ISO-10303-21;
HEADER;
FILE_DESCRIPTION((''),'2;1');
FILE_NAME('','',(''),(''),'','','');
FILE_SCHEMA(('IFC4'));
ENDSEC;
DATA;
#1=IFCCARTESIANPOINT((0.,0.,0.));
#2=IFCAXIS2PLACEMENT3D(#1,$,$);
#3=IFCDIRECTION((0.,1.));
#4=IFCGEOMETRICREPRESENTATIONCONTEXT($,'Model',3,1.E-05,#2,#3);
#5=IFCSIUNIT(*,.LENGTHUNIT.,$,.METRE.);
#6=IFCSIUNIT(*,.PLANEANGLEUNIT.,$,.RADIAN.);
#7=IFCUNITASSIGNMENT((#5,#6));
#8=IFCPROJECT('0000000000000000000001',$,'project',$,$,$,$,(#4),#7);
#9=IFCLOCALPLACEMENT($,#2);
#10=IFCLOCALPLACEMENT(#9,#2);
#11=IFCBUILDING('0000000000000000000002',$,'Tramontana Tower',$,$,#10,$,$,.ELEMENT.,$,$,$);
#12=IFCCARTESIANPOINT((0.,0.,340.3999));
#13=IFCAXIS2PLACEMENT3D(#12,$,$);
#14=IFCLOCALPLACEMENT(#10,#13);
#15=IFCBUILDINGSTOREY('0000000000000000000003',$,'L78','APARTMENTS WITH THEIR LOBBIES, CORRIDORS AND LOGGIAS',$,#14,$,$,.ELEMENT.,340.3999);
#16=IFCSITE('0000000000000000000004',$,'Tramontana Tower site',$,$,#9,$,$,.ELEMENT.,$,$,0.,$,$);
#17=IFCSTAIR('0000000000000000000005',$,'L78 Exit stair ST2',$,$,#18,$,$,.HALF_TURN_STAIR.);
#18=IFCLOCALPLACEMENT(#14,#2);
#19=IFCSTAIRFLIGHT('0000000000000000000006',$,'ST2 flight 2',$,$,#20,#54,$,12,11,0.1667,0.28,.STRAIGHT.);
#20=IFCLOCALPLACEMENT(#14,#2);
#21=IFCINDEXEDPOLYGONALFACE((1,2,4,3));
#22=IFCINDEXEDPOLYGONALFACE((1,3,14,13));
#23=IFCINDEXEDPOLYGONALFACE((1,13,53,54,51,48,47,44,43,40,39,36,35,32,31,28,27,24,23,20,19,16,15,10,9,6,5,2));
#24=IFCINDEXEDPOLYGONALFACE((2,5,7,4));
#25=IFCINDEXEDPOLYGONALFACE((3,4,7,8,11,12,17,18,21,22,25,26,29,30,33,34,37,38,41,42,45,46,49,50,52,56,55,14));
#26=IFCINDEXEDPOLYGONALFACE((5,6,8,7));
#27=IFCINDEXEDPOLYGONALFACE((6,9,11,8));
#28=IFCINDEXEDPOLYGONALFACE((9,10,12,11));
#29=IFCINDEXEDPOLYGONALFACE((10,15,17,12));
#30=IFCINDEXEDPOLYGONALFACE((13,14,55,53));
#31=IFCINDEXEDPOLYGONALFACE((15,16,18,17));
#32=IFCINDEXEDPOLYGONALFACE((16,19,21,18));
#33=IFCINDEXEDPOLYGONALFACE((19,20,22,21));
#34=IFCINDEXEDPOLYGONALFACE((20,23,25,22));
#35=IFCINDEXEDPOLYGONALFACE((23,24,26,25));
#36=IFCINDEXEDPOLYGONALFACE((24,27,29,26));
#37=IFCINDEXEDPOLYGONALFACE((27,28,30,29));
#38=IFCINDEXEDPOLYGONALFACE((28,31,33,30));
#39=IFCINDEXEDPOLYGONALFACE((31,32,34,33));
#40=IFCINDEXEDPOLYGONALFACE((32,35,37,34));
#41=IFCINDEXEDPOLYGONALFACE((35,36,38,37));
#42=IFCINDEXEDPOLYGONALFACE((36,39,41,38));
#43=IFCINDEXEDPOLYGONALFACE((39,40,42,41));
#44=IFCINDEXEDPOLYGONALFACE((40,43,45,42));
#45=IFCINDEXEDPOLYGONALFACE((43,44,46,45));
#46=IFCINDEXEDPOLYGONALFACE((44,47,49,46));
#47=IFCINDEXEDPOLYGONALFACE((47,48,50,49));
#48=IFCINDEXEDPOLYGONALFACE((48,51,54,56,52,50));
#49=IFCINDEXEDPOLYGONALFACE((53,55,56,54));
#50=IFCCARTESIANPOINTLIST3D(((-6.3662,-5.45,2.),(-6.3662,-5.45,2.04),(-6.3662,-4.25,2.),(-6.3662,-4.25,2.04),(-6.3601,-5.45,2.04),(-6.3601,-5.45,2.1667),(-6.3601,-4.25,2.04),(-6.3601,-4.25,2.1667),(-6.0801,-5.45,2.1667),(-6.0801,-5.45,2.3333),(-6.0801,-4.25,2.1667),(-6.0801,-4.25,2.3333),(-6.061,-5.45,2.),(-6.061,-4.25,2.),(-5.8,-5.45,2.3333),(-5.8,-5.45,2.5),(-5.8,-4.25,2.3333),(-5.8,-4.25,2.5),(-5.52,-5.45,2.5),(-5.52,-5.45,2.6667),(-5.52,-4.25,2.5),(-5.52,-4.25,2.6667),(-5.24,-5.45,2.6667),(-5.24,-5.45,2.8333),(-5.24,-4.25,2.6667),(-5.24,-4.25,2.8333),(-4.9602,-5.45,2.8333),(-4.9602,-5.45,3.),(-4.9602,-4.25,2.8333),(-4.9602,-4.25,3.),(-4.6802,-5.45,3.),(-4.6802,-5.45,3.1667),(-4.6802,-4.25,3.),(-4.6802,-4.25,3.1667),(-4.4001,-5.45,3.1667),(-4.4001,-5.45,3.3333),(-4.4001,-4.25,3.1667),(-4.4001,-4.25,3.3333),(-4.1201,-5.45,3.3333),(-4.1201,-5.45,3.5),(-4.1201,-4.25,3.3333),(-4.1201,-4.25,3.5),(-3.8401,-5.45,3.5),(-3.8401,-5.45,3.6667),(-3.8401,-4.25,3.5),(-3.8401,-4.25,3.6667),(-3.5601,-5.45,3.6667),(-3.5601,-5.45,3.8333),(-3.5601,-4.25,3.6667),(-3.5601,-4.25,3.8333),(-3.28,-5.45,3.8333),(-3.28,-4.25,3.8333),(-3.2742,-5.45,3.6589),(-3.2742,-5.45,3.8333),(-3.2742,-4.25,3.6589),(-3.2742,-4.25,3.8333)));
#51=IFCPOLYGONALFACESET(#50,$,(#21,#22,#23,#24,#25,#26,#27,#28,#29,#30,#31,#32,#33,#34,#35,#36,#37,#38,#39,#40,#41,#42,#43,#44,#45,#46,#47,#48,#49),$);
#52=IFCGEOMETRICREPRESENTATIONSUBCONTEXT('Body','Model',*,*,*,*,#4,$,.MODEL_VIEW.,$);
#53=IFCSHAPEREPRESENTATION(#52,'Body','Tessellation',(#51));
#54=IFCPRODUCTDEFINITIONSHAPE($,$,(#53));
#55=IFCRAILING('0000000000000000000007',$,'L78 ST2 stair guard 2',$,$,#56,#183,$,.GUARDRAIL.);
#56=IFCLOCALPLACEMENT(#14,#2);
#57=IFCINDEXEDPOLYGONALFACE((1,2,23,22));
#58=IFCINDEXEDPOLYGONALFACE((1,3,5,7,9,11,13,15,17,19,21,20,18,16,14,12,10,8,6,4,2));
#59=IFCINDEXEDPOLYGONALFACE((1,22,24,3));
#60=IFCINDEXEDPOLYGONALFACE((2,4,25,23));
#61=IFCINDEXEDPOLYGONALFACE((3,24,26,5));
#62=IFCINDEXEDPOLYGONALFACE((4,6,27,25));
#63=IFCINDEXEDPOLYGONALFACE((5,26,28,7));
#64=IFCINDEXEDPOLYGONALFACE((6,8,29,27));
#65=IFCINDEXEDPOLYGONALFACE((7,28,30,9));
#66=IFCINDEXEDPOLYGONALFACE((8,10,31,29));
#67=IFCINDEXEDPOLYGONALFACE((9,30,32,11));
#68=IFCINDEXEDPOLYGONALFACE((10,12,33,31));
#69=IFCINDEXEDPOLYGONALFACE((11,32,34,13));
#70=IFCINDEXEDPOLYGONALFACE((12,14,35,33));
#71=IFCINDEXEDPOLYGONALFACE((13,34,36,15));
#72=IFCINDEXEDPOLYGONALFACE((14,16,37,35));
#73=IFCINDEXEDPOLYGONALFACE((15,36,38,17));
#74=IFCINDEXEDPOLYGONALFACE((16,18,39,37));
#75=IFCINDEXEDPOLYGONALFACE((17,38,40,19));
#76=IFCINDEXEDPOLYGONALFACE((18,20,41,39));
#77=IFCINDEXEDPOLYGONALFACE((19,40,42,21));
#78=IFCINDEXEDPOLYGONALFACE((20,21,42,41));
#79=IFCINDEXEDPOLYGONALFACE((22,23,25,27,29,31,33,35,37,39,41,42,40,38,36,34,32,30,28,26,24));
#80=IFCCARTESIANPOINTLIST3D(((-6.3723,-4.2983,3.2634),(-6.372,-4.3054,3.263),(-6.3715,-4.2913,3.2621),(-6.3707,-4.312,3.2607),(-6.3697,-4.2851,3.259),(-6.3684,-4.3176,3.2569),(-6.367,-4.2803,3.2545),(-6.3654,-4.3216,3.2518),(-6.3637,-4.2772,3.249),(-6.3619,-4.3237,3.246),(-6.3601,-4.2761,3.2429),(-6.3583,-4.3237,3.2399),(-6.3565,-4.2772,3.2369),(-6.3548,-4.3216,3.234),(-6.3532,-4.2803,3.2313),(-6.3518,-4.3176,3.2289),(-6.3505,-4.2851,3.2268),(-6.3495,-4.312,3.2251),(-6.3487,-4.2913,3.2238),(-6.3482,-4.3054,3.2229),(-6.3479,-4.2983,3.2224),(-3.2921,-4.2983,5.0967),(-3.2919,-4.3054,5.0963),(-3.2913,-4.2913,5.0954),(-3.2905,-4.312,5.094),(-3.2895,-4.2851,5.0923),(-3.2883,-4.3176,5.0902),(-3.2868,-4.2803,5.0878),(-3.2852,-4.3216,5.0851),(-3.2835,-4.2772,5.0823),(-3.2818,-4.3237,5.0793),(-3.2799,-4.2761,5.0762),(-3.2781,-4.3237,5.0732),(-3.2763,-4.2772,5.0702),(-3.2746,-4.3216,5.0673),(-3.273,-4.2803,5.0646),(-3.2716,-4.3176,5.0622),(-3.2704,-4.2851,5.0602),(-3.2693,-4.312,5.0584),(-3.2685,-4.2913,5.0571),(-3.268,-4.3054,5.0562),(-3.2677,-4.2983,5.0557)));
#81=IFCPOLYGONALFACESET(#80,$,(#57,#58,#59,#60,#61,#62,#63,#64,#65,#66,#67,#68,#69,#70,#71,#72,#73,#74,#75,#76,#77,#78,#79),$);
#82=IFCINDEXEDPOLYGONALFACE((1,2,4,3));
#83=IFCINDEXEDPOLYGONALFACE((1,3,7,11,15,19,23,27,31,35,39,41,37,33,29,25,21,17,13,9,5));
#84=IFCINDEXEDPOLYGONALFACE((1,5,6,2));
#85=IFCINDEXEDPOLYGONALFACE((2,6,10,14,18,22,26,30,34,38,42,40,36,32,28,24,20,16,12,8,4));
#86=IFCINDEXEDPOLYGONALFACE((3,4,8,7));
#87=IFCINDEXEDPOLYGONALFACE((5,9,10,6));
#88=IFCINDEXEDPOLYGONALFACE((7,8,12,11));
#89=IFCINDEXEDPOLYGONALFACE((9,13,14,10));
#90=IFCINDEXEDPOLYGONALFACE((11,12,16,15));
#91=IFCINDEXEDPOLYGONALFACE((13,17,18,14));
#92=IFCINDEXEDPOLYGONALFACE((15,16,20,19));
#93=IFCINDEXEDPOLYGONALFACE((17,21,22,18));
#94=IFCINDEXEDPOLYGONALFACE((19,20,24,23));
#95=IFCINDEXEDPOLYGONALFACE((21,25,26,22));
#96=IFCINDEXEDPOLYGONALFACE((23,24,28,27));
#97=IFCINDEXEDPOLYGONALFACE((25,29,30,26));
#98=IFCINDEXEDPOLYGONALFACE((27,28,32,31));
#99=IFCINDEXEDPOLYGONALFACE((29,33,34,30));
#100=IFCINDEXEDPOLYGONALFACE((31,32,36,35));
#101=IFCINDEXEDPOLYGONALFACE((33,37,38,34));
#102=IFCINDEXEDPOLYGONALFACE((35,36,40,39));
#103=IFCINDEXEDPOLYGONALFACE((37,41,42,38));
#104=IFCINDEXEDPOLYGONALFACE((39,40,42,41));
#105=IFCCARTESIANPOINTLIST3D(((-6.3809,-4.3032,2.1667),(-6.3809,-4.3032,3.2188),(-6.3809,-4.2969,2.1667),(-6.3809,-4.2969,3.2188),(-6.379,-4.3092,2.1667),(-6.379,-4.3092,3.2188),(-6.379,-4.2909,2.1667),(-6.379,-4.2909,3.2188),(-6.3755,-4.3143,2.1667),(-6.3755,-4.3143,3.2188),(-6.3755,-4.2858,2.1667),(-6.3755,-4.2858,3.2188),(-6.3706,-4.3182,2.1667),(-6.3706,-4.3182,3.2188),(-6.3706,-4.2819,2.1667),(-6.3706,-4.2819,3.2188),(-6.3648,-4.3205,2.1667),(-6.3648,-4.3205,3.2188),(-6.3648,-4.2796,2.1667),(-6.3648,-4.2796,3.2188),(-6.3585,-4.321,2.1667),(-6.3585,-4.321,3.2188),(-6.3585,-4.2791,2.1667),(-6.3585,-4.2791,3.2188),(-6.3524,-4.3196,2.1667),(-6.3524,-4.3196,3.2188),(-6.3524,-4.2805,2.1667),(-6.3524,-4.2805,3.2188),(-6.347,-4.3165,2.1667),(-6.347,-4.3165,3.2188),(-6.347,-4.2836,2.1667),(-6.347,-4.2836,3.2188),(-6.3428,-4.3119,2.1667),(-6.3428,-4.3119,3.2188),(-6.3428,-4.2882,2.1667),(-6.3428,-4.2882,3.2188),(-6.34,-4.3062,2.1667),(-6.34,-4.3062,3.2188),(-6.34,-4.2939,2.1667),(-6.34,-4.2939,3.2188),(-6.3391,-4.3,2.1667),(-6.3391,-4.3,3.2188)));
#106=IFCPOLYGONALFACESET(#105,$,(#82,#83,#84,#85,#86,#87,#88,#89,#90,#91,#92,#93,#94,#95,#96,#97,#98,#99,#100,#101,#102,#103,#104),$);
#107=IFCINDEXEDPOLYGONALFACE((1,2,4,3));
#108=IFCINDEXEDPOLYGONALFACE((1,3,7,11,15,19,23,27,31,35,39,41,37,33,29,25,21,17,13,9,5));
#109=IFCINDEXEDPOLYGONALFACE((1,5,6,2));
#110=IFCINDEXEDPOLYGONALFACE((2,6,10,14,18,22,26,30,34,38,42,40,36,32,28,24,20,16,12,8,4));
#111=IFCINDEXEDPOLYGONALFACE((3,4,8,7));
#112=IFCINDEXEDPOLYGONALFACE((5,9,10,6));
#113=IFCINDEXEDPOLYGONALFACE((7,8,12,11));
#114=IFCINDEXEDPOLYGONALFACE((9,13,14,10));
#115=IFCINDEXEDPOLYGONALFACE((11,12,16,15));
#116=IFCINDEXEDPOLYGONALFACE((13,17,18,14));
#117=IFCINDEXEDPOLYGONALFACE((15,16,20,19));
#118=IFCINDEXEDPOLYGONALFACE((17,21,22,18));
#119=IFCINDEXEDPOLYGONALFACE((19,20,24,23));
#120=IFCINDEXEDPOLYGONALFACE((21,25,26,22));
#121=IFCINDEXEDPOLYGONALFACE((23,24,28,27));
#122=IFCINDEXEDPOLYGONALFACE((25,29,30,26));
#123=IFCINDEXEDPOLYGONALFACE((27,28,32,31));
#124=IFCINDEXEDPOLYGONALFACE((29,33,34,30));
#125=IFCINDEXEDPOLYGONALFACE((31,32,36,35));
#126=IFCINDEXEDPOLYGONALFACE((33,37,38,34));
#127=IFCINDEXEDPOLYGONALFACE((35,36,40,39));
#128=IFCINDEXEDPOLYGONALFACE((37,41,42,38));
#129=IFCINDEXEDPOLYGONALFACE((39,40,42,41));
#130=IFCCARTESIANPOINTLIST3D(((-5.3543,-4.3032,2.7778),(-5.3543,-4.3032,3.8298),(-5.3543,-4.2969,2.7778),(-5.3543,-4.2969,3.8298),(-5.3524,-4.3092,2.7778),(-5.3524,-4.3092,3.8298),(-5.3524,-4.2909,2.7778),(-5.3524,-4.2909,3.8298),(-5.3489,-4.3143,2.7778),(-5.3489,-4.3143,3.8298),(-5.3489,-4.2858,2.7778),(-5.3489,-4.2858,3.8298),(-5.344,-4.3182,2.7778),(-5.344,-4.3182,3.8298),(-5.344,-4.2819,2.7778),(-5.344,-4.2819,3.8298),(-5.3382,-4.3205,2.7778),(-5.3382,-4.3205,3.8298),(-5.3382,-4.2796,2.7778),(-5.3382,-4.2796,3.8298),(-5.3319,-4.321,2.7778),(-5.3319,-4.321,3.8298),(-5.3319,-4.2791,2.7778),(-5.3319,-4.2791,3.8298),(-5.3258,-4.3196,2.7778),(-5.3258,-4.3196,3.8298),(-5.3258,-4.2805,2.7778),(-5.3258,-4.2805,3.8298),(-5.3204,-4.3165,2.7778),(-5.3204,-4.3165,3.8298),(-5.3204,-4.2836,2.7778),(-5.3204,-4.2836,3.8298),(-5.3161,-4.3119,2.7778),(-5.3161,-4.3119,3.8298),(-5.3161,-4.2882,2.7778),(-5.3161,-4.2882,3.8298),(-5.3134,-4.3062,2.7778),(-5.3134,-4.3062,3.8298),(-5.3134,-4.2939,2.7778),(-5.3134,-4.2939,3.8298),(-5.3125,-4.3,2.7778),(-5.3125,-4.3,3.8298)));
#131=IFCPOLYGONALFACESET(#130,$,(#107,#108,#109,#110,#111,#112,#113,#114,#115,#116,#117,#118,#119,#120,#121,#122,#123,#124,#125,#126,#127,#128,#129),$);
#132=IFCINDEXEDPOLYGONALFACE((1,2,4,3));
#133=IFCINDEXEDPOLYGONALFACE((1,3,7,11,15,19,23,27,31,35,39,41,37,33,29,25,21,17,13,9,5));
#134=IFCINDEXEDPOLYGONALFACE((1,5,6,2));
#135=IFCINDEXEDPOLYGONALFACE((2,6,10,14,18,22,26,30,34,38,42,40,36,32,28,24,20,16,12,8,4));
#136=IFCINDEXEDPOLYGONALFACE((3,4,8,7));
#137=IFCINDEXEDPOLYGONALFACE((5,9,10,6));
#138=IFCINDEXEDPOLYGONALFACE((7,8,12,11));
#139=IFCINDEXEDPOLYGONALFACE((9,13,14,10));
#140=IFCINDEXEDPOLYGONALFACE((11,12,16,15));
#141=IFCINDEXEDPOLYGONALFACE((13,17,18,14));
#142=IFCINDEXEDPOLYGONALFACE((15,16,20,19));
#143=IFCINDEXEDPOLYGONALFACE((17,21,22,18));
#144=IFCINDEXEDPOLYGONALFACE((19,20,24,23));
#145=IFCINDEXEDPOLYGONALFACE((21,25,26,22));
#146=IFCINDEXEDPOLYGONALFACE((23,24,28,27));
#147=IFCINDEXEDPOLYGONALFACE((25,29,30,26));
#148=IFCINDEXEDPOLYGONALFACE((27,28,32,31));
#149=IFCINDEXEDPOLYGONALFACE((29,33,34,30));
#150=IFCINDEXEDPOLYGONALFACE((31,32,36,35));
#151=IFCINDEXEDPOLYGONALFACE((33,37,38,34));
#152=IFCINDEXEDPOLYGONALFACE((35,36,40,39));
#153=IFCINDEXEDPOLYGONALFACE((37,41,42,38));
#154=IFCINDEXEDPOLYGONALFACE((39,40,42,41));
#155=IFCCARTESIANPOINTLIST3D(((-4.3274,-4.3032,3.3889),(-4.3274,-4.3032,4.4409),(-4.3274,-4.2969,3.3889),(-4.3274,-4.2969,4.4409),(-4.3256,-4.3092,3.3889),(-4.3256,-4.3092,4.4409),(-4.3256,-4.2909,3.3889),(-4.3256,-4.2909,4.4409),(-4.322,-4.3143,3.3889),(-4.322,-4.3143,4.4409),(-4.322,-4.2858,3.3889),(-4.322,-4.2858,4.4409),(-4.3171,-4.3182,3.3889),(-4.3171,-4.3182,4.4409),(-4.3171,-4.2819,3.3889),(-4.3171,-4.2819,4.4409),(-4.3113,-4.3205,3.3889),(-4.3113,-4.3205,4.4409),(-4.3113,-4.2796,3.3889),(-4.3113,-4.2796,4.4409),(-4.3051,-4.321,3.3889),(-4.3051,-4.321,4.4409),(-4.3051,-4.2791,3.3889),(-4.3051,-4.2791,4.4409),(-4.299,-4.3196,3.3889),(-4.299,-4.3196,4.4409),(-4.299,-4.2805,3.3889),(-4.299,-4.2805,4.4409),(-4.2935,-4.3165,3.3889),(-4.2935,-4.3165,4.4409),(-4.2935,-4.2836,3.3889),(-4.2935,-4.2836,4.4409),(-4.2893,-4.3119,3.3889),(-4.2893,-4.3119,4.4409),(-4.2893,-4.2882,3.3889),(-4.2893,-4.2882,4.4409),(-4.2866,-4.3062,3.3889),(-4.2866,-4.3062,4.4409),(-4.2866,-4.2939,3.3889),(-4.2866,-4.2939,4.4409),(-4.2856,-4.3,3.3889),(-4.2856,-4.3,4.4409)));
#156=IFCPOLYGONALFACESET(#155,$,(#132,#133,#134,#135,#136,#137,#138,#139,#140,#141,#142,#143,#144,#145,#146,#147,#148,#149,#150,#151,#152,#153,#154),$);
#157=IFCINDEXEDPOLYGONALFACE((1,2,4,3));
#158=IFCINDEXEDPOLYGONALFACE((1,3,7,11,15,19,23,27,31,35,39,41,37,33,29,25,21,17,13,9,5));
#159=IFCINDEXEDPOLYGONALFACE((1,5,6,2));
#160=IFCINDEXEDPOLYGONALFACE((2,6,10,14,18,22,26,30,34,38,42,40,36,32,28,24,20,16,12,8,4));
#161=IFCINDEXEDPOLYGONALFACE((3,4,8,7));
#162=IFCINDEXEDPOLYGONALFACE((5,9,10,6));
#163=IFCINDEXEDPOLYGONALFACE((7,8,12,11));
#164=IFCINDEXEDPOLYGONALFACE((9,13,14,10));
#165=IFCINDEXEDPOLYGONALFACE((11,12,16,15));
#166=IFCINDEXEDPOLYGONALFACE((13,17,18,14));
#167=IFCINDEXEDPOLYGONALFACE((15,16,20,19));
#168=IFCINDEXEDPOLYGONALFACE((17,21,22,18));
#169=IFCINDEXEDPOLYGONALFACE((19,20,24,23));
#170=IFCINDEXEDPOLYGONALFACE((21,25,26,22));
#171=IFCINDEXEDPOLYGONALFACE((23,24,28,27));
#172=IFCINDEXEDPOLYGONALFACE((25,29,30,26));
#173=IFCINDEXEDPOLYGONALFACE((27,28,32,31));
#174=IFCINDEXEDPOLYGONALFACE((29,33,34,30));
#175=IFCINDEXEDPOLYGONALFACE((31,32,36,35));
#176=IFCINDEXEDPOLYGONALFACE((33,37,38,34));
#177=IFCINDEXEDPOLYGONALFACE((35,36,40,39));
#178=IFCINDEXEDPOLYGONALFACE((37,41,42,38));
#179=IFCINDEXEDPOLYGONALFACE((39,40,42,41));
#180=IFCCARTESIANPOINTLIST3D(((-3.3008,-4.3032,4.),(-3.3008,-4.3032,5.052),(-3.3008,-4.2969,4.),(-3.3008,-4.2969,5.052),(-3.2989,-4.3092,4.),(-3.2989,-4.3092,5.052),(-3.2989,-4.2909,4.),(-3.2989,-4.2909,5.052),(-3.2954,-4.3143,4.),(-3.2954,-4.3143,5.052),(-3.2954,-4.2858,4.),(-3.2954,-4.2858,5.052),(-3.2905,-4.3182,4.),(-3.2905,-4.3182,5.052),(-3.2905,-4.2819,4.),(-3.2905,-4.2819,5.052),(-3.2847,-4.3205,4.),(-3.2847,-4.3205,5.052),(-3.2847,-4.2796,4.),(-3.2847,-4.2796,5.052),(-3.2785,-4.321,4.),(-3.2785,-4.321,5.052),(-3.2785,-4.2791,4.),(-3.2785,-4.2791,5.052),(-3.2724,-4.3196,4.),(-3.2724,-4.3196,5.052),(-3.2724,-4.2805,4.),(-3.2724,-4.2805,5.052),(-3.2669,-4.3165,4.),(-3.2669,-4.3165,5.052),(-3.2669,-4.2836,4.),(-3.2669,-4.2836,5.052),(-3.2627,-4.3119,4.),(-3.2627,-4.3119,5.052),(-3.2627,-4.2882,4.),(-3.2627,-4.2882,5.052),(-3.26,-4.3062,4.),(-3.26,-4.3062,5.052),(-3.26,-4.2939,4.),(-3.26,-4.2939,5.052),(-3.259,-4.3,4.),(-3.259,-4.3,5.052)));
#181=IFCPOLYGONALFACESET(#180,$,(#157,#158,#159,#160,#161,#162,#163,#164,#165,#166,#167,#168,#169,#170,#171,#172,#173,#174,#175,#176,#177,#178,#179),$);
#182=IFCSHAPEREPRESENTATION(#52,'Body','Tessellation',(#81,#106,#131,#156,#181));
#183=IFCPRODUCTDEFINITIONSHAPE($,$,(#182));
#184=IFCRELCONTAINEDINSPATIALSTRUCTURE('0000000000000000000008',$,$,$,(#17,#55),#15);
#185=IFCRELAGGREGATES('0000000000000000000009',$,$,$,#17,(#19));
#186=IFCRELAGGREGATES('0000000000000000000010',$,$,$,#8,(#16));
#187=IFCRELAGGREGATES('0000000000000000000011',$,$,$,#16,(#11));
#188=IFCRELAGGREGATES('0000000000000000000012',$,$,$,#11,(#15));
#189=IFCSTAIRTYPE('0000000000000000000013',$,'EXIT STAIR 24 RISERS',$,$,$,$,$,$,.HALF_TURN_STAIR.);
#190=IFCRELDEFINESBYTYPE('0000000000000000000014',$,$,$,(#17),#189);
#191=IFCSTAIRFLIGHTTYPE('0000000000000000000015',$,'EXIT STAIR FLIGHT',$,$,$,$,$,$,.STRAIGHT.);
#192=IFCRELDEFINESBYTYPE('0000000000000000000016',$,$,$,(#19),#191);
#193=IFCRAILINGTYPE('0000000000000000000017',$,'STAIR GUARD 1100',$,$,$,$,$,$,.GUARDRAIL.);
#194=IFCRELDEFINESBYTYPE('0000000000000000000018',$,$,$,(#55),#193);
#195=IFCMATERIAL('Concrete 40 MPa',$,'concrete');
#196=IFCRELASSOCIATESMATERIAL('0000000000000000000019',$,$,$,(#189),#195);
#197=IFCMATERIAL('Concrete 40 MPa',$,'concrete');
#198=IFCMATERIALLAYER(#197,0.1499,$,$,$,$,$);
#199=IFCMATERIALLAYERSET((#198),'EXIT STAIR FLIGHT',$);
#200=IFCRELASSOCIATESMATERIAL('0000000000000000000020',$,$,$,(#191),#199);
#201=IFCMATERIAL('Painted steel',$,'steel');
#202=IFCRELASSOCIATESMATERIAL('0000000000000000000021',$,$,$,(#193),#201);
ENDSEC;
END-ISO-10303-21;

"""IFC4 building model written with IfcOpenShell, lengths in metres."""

from ifc_helpers import new_model, si_unit, direction, frame, origin, origin_2d, place, context, subcontext, project, spatial, polyline, circle, outline, extrude, material, layer, layer_set, type_object, element, aggregate, save


model = new_model("IFC4")

# Units and contexts
model_context = context("Model", 3, precision=1e-05, world=origin(), true_north=direction((0.0, 1.0)))
body_context = subcontext(model_context, "Body", "Model", "MODEL_VIEW")
ifc_project = project(units=[si_unit("LENGTHUNIT", "METRE"), si_unit("PLANEANGLEUNIT", "RADIAN")], contexts=[model_context])

# Site, building, storey
site_placement = place(None, origin())
site = spatial("IfcSite", under=ifc_project, at=site_placement, Name="Tramontana Tower site", CompositionType="ELEMENT", RefElevation=0.0)
building_placement = place(site_placement, origin())
building = spatial("IfcBuilding", under=site, at=building_placement, Name="Tramontana Tower", CompositionType="ELEMENT")
storey_placement = place(building_placement, frame((0.0, 0.0, 340.3999)))
storey = spatial("IfcBuildingStorey", under=building, at=storey_placement, Name="L78", Description="APARTMENTS WITH THEIR LOBBIES, CORRIDORS AND LOGGIAS", CompositionType="ELEMENT", Elevation=340.3999)

# Stair, stair flight
ifc_material_1 = material(Name="Concrete 40 MPa", Category="concrete")
stair_type = type_object("IfcStairType", Name="EXIT STAIR 24 RISERS", PredefinedType="HALF_TURN_STAIR", material=ifc_material_1)
stair_placement = place(storey_placement, origin())
stair = element("IfcStair", 1, at=stair_placement, inside=storey, type_object=stair_type, Name="L78 Exit stair ST2", PredefinedType="HALF_TURN_STAIR")
ifc_material_2 = material(Name="Concrete 40 MPa", Category="concrete")
ifc_layer_1 = layer(ifc_material_2, 0.1499)
ifc_layer_set_1 = layer_set([ifc_layer_1], Name="EXIT STAIR FLIGHT")
stair_flight_type = type_object("IfcStairFlightType", Name="EXIT STAIR FLIGHT", PredefinedType="STRAIGHT", material=ifc_layer_set_1)
stair_flight_placement = place(storey_placement, frame((-6.3601, -4.8501, 2.0), z_axis=(0.0, 0.0, 1.0), x_axis=(1.0, 0.0, 0.0)))
stair_flight = element("IfcStairFlight", 2, at=stair_flight_placement, type_object=stair_flight_type, Name="ST2 flight 2", NumberOfRisers=12, NumberOfTreads=11, PredefinedType="STRAIGHT", RiserHeight=0.1667, TreadLength=0.28, context=body_context, shape_type="SweptSolid", body=[
    extrude(outline(polyline([(-0.0061, 0.0), (-0.0061, 0.04), (0.0, 0.04), (0.0, 0.1667), (0.28, 0.1667), (0.28, 0.3333), (0.5601, 0.3333), (0.5601, 0.5), (0.8401, 0.5), (0.8401, 0.6667), (1.1201, 0.6667), (1.1201, 0.8333), (1.3999, 0.8333), (1.3999, 1.0), (1.6799, 1.0), (1.6799, 1.1667), (1.96, 1.1667), (1.96, 1.3333), (2.24, 1.3333), (2.24, 1.5), (2.52, 1.5), (2.52, 1.6667), (2.8, 1.6667), (2.8, 1.8333), (3.0801, 1.8333), (3.0859, 1.8333), (3.0859, 1.6589), (0.2991, 0.0), (-0.0061, 0.0)])), frame((0.0, 0.6001, 0.0), z_axis=(0.0, -1.0, 0.0), x_axis=(1.0, 0.0, 0.0)), (0.0, 0.0, 1.0), 1.2),
])
aggregate(stair, [stair_flight])

# Railing
ifc_material_3 = material(Name="Painted steel", Category="steel")
railing_type_1 = type_object("IfcRailingType", Name="STAIR GUARD 1100", PredefinedType="GUARDRAIL", material=ifc_material_3)
railing_1_placement = place(storey_placement, frame((-6.3601, -4.3, 2.1667)))
element("IfcRailing", 3, at=railing_1_placement, inside=storey, type_object=railing_type_1, Name="L78 ST2 stair guard 2", PredefinedType="GUARDRAIL", context=body_context, shape_type="SweptSolid", body=[
    extrude(circle(Radius=0.0239, at=origin_2d()), frame((0.0, 0.0, 1.0762), z_axis=(0.859309, 0.0, 0.511458), x_axis=(0.0, 1.0, 0.0)), (0.0, 0.0, 1.0), 3.5845),
    extrude(circle(Radius=0.021, at=origin_2d()), origin(), (0.0, 0.0, 1.0), 1.052),
    extrude(circle(Radius=0.021, at=origin_2d()), frame((1.0266, 0.0, 0.6111)), (0.0, 0.0, 1.0), 1.052),
    extrude(circle(Radius=0.021, at=origin_2d()), frame((2.0535, 0.0, 1.2222)), (0.0, 0.0, 1.0), 1.052),
    extrude(circle(Radius=0.021, at=origin_2d()), frame((3.0801, 0.0, 1.8333)), (0.0, 0.0, 1.0), 1.052),
])

save(model, "model.ifc")
